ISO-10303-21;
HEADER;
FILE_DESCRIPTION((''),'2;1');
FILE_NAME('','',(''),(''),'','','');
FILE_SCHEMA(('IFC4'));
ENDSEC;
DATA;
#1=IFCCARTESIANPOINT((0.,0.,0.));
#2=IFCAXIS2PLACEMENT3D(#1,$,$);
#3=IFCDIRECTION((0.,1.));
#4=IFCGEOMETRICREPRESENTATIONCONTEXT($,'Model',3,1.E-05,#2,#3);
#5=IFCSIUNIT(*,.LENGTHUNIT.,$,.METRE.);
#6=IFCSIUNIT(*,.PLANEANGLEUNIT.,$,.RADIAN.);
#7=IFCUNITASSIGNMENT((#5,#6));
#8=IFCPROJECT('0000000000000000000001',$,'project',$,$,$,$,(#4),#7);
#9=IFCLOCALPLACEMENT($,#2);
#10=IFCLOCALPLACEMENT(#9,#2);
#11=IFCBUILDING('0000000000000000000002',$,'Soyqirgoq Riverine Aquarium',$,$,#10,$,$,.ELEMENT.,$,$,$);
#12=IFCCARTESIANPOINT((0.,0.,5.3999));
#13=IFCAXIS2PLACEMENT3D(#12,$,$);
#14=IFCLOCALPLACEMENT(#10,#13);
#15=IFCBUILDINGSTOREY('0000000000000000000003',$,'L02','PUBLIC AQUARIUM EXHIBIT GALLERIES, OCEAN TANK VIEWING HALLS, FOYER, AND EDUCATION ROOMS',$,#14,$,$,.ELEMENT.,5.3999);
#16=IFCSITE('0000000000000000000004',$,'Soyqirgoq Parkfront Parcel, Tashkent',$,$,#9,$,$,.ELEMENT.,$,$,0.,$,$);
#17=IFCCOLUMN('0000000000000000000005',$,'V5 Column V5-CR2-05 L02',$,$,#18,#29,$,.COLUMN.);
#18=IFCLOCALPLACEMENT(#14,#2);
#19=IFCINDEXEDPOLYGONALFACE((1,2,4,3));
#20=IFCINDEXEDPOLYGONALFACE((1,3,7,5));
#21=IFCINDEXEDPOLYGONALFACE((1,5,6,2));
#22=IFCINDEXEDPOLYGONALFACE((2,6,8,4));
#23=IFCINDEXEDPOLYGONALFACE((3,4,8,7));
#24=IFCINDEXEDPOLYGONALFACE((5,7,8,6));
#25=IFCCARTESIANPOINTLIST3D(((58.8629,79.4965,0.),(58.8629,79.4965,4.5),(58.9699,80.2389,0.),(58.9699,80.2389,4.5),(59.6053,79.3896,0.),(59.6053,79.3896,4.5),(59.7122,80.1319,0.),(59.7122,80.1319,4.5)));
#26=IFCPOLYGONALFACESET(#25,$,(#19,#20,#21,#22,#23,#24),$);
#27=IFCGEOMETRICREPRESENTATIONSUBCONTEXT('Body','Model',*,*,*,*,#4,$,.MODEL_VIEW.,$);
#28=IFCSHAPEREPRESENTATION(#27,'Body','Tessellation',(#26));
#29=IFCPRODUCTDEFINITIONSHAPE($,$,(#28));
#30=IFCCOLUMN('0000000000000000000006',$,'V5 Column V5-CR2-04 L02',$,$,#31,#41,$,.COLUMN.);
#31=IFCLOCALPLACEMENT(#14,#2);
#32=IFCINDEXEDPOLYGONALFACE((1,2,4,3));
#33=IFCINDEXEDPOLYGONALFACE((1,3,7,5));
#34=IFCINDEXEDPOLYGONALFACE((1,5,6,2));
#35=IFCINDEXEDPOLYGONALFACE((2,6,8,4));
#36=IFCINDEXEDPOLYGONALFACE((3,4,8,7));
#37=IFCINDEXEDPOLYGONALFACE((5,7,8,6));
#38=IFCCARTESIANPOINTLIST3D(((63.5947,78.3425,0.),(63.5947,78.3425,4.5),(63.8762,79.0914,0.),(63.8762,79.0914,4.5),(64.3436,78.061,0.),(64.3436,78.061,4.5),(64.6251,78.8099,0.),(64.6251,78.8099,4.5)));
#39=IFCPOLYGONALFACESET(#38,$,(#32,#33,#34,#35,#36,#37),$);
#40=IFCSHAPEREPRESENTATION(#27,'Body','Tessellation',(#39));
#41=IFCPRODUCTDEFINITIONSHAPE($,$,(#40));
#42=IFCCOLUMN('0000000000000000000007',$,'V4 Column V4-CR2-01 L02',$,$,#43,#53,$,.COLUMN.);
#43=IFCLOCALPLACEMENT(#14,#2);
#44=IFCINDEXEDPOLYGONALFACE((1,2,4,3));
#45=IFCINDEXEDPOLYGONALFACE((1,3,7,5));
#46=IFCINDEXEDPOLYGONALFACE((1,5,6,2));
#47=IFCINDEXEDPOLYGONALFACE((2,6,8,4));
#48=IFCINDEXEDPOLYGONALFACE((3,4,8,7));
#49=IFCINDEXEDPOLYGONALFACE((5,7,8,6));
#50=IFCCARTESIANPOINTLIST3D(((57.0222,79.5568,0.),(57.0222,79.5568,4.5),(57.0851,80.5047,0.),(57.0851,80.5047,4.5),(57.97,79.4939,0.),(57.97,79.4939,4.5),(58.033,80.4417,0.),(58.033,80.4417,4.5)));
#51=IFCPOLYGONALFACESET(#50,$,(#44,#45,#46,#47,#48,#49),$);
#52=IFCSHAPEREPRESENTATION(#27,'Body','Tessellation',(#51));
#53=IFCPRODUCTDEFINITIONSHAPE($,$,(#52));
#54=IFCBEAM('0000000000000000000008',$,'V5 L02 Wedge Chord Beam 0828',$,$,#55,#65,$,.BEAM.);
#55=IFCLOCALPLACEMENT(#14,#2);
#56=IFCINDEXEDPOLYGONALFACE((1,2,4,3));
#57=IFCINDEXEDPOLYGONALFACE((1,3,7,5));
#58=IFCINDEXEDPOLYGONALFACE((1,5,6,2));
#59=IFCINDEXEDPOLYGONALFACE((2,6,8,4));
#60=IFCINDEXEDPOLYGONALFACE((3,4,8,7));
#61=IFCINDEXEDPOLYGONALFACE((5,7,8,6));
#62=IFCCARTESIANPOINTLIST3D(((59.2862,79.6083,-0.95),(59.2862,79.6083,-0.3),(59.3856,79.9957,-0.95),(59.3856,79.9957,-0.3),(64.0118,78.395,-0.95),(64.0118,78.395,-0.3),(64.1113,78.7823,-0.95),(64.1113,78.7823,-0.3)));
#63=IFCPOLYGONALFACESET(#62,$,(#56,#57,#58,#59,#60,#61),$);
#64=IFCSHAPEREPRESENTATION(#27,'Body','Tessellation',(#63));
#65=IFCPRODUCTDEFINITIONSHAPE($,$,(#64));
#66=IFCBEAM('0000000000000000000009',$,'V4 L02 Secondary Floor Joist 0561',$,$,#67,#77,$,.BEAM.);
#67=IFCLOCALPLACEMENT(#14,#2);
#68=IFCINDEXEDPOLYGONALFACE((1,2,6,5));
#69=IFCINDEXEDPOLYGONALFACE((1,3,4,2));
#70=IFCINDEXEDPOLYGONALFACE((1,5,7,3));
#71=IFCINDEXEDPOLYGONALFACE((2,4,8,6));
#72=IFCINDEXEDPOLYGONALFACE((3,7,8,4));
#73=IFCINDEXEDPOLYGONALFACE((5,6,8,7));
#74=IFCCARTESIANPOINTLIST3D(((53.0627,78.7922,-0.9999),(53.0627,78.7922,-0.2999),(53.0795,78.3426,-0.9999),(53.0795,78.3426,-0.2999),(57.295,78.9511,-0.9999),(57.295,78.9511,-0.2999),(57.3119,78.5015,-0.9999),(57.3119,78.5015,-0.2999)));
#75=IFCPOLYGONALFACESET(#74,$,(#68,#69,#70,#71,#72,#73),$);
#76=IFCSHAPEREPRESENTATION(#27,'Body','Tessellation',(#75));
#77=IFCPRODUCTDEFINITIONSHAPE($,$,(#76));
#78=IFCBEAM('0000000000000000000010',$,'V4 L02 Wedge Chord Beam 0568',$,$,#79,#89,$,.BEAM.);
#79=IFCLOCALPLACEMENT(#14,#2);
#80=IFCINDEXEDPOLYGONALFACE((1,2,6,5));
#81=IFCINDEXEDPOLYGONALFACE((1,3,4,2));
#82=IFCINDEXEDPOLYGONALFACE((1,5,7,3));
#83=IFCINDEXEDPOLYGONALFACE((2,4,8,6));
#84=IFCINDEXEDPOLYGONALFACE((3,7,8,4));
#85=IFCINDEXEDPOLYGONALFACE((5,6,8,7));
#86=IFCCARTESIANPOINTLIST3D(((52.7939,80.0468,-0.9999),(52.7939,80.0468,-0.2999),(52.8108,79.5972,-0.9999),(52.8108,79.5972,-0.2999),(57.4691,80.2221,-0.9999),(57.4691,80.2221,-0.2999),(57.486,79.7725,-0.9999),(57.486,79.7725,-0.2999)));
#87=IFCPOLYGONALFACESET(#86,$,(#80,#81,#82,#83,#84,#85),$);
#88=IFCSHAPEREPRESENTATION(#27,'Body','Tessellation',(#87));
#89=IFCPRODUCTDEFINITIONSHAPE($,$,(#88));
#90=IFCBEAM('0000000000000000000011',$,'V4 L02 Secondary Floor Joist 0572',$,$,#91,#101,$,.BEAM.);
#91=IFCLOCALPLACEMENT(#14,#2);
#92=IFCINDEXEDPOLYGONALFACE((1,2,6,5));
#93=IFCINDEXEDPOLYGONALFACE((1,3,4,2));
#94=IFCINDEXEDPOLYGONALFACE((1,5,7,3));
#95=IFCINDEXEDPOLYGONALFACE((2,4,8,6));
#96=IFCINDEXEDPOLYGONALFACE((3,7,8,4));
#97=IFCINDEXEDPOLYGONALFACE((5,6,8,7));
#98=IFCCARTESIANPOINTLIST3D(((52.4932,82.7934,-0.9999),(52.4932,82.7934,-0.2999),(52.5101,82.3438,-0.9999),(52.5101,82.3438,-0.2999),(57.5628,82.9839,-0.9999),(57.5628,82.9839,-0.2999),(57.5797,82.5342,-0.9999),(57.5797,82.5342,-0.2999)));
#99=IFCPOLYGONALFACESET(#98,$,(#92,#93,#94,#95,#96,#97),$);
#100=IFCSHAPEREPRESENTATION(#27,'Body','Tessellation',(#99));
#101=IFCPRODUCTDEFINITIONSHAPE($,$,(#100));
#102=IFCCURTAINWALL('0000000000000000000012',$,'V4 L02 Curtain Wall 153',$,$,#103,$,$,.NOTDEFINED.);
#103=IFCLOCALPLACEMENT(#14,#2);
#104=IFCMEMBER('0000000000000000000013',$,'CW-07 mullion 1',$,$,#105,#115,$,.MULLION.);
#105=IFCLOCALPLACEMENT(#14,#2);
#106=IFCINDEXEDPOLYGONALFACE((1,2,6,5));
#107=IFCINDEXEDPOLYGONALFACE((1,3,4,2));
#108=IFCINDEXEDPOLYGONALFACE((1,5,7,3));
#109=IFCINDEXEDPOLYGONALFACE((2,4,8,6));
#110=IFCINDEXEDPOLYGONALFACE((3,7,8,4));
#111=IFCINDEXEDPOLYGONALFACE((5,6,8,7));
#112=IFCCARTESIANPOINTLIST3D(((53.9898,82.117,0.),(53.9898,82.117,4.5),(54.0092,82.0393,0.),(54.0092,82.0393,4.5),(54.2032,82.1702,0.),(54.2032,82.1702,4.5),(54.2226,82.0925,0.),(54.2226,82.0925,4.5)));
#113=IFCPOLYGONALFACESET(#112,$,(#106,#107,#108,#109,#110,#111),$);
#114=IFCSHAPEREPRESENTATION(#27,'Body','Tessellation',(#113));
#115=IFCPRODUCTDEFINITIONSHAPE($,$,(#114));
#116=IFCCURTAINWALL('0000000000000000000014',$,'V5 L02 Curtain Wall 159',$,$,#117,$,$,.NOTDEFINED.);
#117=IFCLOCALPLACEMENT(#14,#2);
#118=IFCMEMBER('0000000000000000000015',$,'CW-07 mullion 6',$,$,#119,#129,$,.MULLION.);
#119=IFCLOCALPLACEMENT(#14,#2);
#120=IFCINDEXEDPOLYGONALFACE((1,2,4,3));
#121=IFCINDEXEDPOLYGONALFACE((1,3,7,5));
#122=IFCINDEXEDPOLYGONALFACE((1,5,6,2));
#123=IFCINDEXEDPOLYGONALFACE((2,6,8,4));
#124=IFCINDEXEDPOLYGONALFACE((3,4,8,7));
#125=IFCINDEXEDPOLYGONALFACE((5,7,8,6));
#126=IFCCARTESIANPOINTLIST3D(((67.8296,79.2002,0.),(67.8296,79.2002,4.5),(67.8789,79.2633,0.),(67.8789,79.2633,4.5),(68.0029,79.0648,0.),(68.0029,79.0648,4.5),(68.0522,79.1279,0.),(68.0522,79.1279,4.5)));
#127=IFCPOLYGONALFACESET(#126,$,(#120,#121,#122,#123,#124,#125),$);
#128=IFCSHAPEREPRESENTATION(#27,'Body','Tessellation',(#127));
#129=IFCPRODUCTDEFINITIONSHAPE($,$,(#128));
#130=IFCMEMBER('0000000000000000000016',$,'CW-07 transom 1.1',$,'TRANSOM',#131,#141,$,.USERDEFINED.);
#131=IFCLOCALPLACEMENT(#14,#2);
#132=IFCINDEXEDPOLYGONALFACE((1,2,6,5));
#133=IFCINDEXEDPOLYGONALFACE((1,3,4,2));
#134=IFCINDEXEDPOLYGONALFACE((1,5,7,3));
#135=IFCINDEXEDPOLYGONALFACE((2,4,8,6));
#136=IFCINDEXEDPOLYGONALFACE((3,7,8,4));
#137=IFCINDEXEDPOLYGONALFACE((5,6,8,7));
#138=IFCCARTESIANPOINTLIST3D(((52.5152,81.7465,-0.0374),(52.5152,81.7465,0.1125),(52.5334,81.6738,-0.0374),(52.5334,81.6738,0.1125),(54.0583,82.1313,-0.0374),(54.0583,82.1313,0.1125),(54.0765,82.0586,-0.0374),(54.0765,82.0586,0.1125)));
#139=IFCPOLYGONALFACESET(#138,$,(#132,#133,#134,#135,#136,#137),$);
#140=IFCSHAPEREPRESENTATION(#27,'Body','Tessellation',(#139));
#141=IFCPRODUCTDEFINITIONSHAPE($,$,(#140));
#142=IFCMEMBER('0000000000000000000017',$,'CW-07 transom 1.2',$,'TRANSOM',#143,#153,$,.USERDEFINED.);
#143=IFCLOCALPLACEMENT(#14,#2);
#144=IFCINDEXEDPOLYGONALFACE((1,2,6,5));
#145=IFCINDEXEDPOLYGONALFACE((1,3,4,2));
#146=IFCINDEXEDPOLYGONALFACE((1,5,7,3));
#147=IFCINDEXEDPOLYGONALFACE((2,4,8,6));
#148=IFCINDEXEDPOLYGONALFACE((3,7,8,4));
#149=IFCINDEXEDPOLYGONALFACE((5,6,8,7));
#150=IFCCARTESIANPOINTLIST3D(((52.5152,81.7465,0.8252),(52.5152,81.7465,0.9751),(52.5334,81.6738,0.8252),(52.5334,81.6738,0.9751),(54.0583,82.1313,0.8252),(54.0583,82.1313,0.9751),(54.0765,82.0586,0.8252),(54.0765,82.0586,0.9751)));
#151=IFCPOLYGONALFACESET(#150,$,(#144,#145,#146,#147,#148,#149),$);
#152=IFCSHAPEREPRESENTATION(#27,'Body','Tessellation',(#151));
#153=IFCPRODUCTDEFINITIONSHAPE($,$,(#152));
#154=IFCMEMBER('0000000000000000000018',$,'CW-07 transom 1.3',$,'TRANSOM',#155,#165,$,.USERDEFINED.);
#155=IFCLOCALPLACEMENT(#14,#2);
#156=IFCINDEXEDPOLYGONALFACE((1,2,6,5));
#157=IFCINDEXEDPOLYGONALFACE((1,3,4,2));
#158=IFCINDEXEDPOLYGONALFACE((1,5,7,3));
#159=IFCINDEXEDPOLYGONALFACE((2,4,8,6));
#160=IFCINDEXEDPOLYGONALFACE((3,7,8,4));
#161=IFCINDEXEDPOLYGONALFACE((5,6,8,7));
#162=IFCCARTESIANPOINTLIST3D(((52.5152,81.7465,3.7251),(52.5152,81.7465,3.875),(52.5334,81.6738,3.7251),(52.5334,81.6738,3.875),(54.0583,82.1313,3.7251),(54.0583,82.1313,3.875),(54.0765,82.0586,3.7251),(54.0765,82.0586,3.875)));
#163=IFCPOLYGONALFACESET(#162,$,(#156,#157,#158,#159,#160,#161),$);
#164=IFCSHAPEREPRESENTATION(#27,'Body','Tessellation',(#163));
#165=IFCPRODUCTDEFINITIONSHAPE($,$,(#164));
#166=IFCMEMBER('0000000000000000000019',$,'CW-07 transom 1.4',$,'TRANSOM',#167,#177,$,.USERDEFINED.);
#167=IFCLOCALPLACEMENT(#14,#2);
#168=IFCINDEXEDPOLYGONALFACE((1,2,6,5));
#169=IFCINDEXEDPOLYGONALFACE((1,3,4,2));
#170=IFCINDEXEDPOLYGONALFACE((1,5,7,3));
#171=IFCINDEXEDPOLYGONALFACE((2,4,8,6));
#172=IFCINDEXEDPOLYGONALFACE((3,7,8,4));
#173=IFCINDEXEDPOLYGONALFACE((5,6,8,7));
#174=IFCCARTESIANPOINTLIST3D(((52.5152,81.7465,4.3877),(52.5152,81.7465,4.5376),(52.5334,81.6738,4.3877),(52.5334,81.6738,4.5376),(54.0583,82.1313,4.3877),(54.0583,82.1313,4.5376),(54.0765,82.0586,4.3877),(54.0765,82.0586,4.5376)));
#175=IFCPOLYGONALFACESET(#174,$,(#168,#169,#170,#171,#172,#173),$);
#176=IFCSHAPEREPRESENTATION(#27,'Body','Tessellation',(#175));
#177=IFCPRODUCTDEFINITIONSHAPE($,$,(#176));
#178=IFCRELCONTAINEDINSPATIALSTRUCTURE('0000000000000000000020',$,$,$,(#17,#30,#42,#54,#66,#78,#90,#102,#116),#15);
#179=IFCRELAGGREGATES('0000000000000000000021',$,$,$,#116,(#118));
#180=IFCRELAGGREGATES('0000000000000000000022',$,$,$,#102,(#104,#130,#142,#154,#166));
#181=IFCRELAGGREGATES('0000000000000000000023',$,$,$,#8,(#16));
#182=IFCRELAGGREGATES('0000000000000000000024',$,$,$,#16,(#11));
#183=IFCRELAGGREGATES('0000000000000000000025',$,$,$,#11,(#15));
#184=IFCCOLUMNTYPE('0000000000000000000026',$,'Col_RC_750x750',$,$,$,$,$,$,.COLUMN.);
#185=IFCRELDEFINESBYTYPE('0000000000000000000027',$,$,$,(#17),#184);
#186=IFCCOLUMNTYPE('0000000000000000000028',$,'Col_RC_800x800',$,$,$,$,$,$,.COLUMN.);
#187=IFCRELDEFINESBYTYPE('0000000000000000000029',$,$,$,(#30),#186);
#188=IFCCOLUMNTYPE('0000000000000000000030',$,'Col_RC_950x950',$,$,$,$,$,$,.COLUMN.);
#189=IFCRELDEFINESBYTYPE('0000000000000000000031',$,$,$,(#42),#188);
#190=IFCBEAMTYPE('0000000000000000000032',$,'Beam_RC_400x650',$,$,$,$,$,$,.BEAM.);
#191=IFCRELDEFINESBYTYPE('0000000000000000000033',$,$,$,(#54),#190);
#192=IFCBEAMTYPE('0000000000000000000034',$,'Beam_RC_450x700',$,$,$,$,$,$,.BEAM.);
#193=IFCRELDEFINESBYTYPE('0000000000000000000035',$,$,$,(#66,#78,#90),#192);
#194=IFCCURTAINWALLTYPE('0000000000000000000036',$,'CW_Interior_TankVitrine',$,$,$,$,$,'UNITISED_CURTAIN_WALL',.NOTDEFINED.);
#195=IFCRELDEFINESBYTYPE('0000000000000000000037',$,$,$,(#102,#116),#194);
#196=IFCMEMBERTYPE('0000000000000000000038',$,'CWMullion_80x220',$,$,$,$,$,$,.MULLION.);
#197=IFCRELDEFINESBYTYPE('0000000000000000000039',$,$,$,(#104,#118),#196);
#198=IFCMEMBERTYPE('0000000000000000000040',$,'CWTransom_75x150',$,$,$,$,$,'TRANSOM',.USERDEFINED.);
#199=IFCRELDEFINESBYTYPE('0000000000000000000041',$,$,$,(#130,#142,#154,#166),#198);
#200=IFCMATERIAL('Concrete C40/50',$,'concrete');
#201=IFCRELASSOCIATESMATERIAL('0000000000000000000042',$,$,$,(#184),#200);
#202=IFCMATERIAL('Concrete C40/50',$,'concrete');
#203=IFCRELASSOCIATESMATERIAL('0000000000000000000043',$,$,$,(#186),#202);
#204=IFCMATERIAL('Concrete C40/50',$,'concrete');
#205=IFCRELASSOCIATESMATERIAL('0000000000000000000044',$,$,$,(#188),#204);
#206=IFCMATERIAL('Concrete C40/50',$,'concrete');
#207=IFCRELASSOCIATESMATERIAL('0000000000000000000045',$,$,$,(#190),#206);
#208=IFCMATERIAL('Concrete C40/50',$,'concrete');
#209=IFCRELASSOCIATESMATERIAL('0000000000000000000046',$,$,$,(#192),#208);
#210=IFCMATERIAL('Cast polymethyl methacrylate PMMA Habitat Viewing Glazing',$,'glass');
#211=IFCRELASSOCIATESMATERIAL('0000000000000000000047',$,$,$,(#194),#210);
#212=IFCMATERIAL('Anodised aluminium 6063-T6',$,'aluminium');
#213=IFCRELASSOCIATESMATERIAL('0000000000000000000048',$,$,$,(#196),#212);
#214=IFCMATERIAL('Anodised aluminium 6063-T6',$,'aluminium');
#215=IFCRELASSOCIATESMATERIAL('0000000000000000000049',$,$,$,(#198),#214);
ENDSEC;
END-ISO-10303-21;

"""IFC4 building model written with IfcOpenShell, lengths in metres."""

from ifc_helpers import new_model, si_unit, direction, frame, origin, origin_2d, place, context, subcontext, project, spatial, rectangle, extrude, material, material_profile, profile_set, type_object, element, aggregate, save


model = new_model("IFC4")

# Units and contexts
model_context = context("Model", 3, precision=1e-05, world=origin(), true_north=direction((0.0, 1.0)))
body_context = subcontext(model_context, "Body", "Model", "MODEL_VIEW")
ifc_project = project(units=[si_unit("LENGTHUNIT", "METRE"), si_unit("PLANEANGLEUNIT", "RADIAN")], contexts=[model_context])

# Site, building, storey
site_placement = place(None, origin())
site = spatial("IfcSite", under=ifc_project, at=site_placement, Name="Soyqirgoq Parkfront Parcel, Tashkent", CompositionType="ELEMENT", RefElevation=0.0)
building_placement = place(site_placement, origin())
building = spatial("IfcBuilding", under=site, at=building_placement, Name="Soyqirgoq Riverine Aquarium", CompositionType="ELEMENT")
storey_placement = place(building_placement, frame((0.0, 0.0, 5.3999)))
storey = spatial("IfcBuildingStorey", under=building, at=storey_placement, Name="L02", Description="PUBLIC AQUARIUM EXHIBIT GALLERIES, OCEAN TANK VIEWING HALLS, FOYER, AND EDUCATION ROOMS", CompositionType="ELEMENT", Elevation=5.3999)

# Columns
ifc_material_1 = material(Name="Concrete C40/50", Category="concrete")
ifc_material_profile_1 = material_profile(ifc_material_1, rectangle(XDim=0.75, YDim=0.75, at=origin_2d()), Name="RC 750x750")
ifc_profile_set_1 = profile_set([ifc_material_profile_1], Name="Concrete C40/50")
column_type_1 = type_object("IfcColumnType", Name="Col_RC_750x750", PredefinedType="COLUMN", material=ifc_profile_set_1)
column_1_placement = place(storey_placement, frame((59.2876, 79.8142, 0.0), z_axis=(0.0, 0.0, 1.0), x_axis=(0.142629, 0.989776, 0.0)))
element("IfcColumn", 1, at=column_1_placement, inside=storey, type_object=column_type_1, Name="V5 Column V5-CR2-05 L02", PredefinedType="COLUMN", context=body_context, shape_type="SweptSolid", body=[
    extrude(rectangle(XDim=0.75, YDim=0.75, at=origin_2d()), origin(), (0.0, 0.0, 1.0), 4.5),
])
ifc_material_2 = material(Name="Concrete C40/50", Category="concrete")
ifc_material_profile_2 = material_profile(ifc_material_2, rectangle(XDim=0.8, YDim=0.8, at=origin_2d()), Name="RC 800x800")
ifc_profile_set_2 = profile_set([ifc_material_profile_2], Name="Concrete C40/50")
column_type_2 = type_object("IfcColumnType", Name="Col_RC_800x800", PredefinedType="COLUMN", material=ifc_profile_set_2)
column_2_placement = place(storey_placement, frame((64.1099, 78.5762, 0.0), z_axis=(0.0, 0.0, 1.0), x_axis=(0.351842, 0.93606, 0.0)))
element("IfcColumn", 2, at=column_2_placement, inside=storey, type_object=column_type_2, Name="V5 Column V5-CR2-04 L02", PredefinedType="COLUMN", context=body_context, shape_type="SweptSolid", body=[
    extrude(rectangle(XDim=0.8, YDim=0.8, at=origin_2d()), origin(), (0.0, 0.0, 1.0), 4.5),
])
ifc_material_3 = material(Name="Concrete C40/50", Category="concrete")
ifc_material_profile_3 = material_profile(ifc_material_3, rectangle(XDim=0.95, YDim=0.95, at=origin_2d()), Name="RC 950x950")
ifc_profile_set_3 = profile_set([ifc_material_profile_3], Name="Concrete C40/50")
column_type_3 = type_object("IfcColumnType", Name="Col_RC_950x950", PredefinedType="COLUMN", material=ifc_profile_set_3)
column_3_placement = place(storey_placement, frame((57.5276, 79.9993, 0.0), z_axis=(0.0, 0.0, 1.0), x_axis=(0.066274, 0.997801, 0.0)))
element("IfcColumn", 3, at=column_3_placement, inside=storey, type_object=column_type_3, Name="V4 Column V4-CR2-01 L02", PredefinedType="COLUMN", context=body_context, shape_type="SweptSolid", body=[
    extrude(rectangle(XDim=0.95, YDim=0.95, at=origin_2d()), origin(), (0.0, 0.0, 1.0), 4.5),
])

# Beams
ifc_material_4 = material(Name="Concrete C40/50", Category="concrete")
ifc_material_profile_4 = material_profile(ifc_material_4, rectangle(XDim=0.3999, YDim=0.6499, at=origin_2d()), Name="RC 400x650")
ifc_profile_set_4 = profile_set([ifc_material_profile_4], Name="Concrete C40/50")
beam_type_1 = type_object("IfcBeamType", Name="Beam_RC_400x650", PredefinedType="BEAM", material=ifc_profile_set_4)
beam_1_placement = place(storey_placement, frame((64.0615, 78.5886, -0.625), z_axis=(-0.96858, 0.2487, 0.0), x_axis=(-0.2487, -0.96858, 0.0)))
element("IfcBeam", 4, at=beam_1_placement, inside=storey, type_object=beam_type_1, Name="V5 L02 Wedge Chord Beam 0828", PredefinedType="BEAM", context=body_context, shape_type="SweptSolid", body=[
    extrude(rectangle(XDim=0.3999, YDim=0.6499, at=origin_2d()), origin(), (0.0, 0.0, 1.0), 4.8789),
])
ifc_material_5 = material(Name="Concrete C40/50", Category="concrete")
ifc_material_profile_5 = material_profile(ifc_material_5, rectangle(XDim=0.45, YDim=0.7, at=origin_2d()), Name="RC 450x700")
ifc_profile_set_5 = profile_set([ifc_material_profile_5], Name="Concrete C40/50")
beam_type_2 = type_object("IfcBeamType", Name="Beam_RC_450x700", PredefinedType="BEAM", material=ifc_profile_set_5)
beam_2_placement = place(storey_placement, frame((57.3035, 78.7263, -0.6499), z_axis=(-0.999296, -0.037525, 0.0), x_axis=(0.037525, -0.999296, 0.0)))
element("IfcBeam", 5, at=beam_2_placement, inside=storey, type_object=beam_type_2, Name="V4 L02 Secondary Floor Joist 0561", PredefinedType="BEAM", context=body_context, shape_type="SweptSolid", body=[
    extrude(rectangle(XDim=0.45, YDim=0.7, at=origin_2d()), origin(), (0.0, 0.0, 1.0), 4.2354),
])
beam_3_placement = place(storey_placement, frame((57.4775, 79.9973, -0.6499), z_axis=(-0.999298, -0.037467, 0.0), x_axis=(0.037467, -0.999298, 0.0)))
element("IfcBeam", 6, at=beam_3_placement, inside=storey, type_object=beam_type_2, Name="V4 L02 Wedge Chord Beam 0568", PredefinedType="BEAM", context=body_context, shape_type="SweptSolid", body=[
    extrude(rectangle(XDim=0.45, YDim=0.7, at=origin_2d()), origin(), (0.0, 0.0, 1.0), 4.6785),
])
beam_4_placement = place(storey_placement, frame((57.5713, 82.759, -0.6499), z_axis=(-0.999295, -0.037537, 0.0), x_axis=(0.037537, -0.999295, 0.0)))
element("IfcBeam", 7, at=beam_4_placement, inside=storey, type_object=beam_type_2, Name="V4 L02 Secondary Floor Joist 0572", PredefinedType="BEAM", context=body_context, shape_type="SweptSolid", body=[
    extrude(rectangle(XDim=0.45, YDim=0.7, at=origin_2d()), origin(), (0.0, 0.0, 1.0), 5.0732),
])

# Curtain walls, members
ifc_material_6 = material(Name="Cast polymethyl methacrylate PMMA Habitat Viewing Glazing", Category="glass")
curtain_wall_type = type_object("IfcCurtainWallType", Name="CW_Interior_TankVitrine", ElementType="UNITISED_CURTAIN_WALL", PredefinedType="NOTDEFINED", material=ifc_material_6)
curtain_wall_1_placement = place(storey_placement, origin())
curtain_wall_1 = element("IfcCurtainWall", 8, at=curtain_wall_1_placement, inside=storey, type_object=curtain_wall_type, Name="V4 L02 Curtain Wall 153", PredefinedType="NOTDEFINED")
ifc_material_7 = material(Name="Anodised aluminium 6063-T6", Category="aluminium")
ifc_material_profile_6 = material_profile(ifc_material_7, rectangle(XDim=0.0801, YDim=0.22, at=origin_2d()), Name="ALU-M 80x220")
ifc_profile_set_6 = profile_set([ifc_material_profile_6], Name="Anodised aluminium 6063-T6")
member_type_1 = type_object("IfcMemberType", Name="CWMullion_80x220", PredefinedType="MULLION", material=ifc_profile_set_6)
member_1_placement = place(storey_placement, frame((54.1062, 82.1047, 0.0), z_axis=(0.0, 0.0, 1.0), x_axis=(0.241922, -0.970296, 0.0)))
member_1 = element("IfcMember", 9, at=member_1_placement, type_object=member_type_1, Name="CW-07 mullion 1", PredefinedType="MULLION", context=body_context, shape_type="SweptSolid", body=[
    extrude(rectangle(XDim=0.0801, YDim=0.22, at=origin_2d()), origin(), (0.0, 0.0, 1.0), 4.5),
])
curtain_wall_2_placement = place(storey_placement, origin())
curtain_wall_2 = element("IfcCurtainWall", 10, at=curtain_wall_2_placement, inside=storey, type_object=curtain_wall_type, Name="V5 L02 Curtain Wall 159", PredefinedType="NOTDEFINED")
member_2_placement = place(storey_placement, frame((67.9409, 79.1641, 0.0), z_axis=(0.0, 0.0, 1.0), x_axis=(-0.615661, -0.788011, 0.0)))
member_2 = element("IfcMember", 11, at=member_2_placement, type_object=member_type_1, Name="CW-07 mullion 6", PredefinedType="MULLION", context=body_context, shape_type="SweptSolid", body=[
    extrude(rectangle(XDim=0.0801, YDim=0.22, at=origin_2d()), origin(), (0.0, 0.0, 1.0), 4.5),
])
aggregate(curtain_wall_2, [member_2])

# Members
ifc_material_8 = material(Name="Anodised aluminium 6063-T6", Category="aluminium")
ifc_material_profile_7 = material_profile(ifc_material_8, rectangle(XDim=0.075, YDim=0.1499, at=origin_2d()), Name="ALU-T 75x150")
ifc_profile_set_7 = profile_set([ifc_material_profile_7], Name="Anodised aluminium 6063-T6")
member_type_2 = type_object("IfcMemberType", Name="CWTransom_75x150", ElementType="TRANSOM", PredefinedType="USERDEFINED", material=ifc_profile_set_7)
member_3_placement = place(storey_placement, frame((54.0674, 82.095, 0.0376), z_axis=(-0.970287, -0.241958, 0.0), x_axis=(0.241958, -0.970287, 0.0)))
member_3 = element("IfcMember", 12, at=member_3_placement, type_object=member_type_2, Name="CW-07 transom 1.1", ObjectType="TRANSOM", PredefinedType="USERDEFINED", context=body_context, shape_type="SweptSolid", body=[
    extrude(rectangle(XDim=0.075, YDim=0.1499, at=origin_2d()), origin(), (0.0, 0.0, 1.0), 1.5903),
])
member_4_placement = place(storey_placement, frame((54.0674, 82.095, 0.9001), z_axis=(-0.970287, -0.241958, 0.0), x_axis=(0.241958, -0.970287, 0.0)))
member_4 = element("IfcMember", 13, at=member_4_placement, type_object=member_type_2, Name="CW-07 transom 1.2", ObjectType="TRANSOM", PredefinedType="USERDEFINED", context=body_context, shape_type="SweptSolid", body=[
    extrude(rectangle(XDim=0.075, YDim=0.1499, at=origin_2d()), origin(), (0.0, 0.0, 1.0), 1.5903),
])
member_5_placement = place(storey_placement, frame((54.0674, 82.095, 3.8), z_axis=(-0.970287, -0.241958, 0.0), x_axis=(0.241958, -0.970287, 0.0)))
member_5 = element("IfcMember", 14, at=member_5_placement, type_object=member_type_2, Name="CW-07 transom 1.3", ObjectType="TRANSOM", PredefinedType="USERDEFINED", context=body_context, shape_type="SweptSolid", body=[
    extrude(rectangle(XDim=0.075, YDim=0.1499, at=origin_2d()), origin(), (0.0, 0.0, 1.0), 1.5903),
])
member_6_placement = place(storey_placement, frame((54.0674, 82.095, 4.4626), z_axis=(-0.970287, -0.241958, 0.0), x_axis=(0.241958, -0.970287, 0.0)))
member_6 = element("IfcMember", 15, at=member_6_placement, type_object=member_type_2, Name="CW-07 transom 1.4", ObjectType="TRANSOM", PredefinedType="USERDEFINED", context=body_context, shape_type="SweptSolid", body=[
    extrude(rectangle(XDim=0.075, YDim=0.1499, at=origin_2d()), origin(), (0.0, 0.0, 1.0), 1.5903),
])

aggregate(curtain_wall_1, [member_1, member_3, member_4, member_5, member_6])

save(model, "model.ifc")
